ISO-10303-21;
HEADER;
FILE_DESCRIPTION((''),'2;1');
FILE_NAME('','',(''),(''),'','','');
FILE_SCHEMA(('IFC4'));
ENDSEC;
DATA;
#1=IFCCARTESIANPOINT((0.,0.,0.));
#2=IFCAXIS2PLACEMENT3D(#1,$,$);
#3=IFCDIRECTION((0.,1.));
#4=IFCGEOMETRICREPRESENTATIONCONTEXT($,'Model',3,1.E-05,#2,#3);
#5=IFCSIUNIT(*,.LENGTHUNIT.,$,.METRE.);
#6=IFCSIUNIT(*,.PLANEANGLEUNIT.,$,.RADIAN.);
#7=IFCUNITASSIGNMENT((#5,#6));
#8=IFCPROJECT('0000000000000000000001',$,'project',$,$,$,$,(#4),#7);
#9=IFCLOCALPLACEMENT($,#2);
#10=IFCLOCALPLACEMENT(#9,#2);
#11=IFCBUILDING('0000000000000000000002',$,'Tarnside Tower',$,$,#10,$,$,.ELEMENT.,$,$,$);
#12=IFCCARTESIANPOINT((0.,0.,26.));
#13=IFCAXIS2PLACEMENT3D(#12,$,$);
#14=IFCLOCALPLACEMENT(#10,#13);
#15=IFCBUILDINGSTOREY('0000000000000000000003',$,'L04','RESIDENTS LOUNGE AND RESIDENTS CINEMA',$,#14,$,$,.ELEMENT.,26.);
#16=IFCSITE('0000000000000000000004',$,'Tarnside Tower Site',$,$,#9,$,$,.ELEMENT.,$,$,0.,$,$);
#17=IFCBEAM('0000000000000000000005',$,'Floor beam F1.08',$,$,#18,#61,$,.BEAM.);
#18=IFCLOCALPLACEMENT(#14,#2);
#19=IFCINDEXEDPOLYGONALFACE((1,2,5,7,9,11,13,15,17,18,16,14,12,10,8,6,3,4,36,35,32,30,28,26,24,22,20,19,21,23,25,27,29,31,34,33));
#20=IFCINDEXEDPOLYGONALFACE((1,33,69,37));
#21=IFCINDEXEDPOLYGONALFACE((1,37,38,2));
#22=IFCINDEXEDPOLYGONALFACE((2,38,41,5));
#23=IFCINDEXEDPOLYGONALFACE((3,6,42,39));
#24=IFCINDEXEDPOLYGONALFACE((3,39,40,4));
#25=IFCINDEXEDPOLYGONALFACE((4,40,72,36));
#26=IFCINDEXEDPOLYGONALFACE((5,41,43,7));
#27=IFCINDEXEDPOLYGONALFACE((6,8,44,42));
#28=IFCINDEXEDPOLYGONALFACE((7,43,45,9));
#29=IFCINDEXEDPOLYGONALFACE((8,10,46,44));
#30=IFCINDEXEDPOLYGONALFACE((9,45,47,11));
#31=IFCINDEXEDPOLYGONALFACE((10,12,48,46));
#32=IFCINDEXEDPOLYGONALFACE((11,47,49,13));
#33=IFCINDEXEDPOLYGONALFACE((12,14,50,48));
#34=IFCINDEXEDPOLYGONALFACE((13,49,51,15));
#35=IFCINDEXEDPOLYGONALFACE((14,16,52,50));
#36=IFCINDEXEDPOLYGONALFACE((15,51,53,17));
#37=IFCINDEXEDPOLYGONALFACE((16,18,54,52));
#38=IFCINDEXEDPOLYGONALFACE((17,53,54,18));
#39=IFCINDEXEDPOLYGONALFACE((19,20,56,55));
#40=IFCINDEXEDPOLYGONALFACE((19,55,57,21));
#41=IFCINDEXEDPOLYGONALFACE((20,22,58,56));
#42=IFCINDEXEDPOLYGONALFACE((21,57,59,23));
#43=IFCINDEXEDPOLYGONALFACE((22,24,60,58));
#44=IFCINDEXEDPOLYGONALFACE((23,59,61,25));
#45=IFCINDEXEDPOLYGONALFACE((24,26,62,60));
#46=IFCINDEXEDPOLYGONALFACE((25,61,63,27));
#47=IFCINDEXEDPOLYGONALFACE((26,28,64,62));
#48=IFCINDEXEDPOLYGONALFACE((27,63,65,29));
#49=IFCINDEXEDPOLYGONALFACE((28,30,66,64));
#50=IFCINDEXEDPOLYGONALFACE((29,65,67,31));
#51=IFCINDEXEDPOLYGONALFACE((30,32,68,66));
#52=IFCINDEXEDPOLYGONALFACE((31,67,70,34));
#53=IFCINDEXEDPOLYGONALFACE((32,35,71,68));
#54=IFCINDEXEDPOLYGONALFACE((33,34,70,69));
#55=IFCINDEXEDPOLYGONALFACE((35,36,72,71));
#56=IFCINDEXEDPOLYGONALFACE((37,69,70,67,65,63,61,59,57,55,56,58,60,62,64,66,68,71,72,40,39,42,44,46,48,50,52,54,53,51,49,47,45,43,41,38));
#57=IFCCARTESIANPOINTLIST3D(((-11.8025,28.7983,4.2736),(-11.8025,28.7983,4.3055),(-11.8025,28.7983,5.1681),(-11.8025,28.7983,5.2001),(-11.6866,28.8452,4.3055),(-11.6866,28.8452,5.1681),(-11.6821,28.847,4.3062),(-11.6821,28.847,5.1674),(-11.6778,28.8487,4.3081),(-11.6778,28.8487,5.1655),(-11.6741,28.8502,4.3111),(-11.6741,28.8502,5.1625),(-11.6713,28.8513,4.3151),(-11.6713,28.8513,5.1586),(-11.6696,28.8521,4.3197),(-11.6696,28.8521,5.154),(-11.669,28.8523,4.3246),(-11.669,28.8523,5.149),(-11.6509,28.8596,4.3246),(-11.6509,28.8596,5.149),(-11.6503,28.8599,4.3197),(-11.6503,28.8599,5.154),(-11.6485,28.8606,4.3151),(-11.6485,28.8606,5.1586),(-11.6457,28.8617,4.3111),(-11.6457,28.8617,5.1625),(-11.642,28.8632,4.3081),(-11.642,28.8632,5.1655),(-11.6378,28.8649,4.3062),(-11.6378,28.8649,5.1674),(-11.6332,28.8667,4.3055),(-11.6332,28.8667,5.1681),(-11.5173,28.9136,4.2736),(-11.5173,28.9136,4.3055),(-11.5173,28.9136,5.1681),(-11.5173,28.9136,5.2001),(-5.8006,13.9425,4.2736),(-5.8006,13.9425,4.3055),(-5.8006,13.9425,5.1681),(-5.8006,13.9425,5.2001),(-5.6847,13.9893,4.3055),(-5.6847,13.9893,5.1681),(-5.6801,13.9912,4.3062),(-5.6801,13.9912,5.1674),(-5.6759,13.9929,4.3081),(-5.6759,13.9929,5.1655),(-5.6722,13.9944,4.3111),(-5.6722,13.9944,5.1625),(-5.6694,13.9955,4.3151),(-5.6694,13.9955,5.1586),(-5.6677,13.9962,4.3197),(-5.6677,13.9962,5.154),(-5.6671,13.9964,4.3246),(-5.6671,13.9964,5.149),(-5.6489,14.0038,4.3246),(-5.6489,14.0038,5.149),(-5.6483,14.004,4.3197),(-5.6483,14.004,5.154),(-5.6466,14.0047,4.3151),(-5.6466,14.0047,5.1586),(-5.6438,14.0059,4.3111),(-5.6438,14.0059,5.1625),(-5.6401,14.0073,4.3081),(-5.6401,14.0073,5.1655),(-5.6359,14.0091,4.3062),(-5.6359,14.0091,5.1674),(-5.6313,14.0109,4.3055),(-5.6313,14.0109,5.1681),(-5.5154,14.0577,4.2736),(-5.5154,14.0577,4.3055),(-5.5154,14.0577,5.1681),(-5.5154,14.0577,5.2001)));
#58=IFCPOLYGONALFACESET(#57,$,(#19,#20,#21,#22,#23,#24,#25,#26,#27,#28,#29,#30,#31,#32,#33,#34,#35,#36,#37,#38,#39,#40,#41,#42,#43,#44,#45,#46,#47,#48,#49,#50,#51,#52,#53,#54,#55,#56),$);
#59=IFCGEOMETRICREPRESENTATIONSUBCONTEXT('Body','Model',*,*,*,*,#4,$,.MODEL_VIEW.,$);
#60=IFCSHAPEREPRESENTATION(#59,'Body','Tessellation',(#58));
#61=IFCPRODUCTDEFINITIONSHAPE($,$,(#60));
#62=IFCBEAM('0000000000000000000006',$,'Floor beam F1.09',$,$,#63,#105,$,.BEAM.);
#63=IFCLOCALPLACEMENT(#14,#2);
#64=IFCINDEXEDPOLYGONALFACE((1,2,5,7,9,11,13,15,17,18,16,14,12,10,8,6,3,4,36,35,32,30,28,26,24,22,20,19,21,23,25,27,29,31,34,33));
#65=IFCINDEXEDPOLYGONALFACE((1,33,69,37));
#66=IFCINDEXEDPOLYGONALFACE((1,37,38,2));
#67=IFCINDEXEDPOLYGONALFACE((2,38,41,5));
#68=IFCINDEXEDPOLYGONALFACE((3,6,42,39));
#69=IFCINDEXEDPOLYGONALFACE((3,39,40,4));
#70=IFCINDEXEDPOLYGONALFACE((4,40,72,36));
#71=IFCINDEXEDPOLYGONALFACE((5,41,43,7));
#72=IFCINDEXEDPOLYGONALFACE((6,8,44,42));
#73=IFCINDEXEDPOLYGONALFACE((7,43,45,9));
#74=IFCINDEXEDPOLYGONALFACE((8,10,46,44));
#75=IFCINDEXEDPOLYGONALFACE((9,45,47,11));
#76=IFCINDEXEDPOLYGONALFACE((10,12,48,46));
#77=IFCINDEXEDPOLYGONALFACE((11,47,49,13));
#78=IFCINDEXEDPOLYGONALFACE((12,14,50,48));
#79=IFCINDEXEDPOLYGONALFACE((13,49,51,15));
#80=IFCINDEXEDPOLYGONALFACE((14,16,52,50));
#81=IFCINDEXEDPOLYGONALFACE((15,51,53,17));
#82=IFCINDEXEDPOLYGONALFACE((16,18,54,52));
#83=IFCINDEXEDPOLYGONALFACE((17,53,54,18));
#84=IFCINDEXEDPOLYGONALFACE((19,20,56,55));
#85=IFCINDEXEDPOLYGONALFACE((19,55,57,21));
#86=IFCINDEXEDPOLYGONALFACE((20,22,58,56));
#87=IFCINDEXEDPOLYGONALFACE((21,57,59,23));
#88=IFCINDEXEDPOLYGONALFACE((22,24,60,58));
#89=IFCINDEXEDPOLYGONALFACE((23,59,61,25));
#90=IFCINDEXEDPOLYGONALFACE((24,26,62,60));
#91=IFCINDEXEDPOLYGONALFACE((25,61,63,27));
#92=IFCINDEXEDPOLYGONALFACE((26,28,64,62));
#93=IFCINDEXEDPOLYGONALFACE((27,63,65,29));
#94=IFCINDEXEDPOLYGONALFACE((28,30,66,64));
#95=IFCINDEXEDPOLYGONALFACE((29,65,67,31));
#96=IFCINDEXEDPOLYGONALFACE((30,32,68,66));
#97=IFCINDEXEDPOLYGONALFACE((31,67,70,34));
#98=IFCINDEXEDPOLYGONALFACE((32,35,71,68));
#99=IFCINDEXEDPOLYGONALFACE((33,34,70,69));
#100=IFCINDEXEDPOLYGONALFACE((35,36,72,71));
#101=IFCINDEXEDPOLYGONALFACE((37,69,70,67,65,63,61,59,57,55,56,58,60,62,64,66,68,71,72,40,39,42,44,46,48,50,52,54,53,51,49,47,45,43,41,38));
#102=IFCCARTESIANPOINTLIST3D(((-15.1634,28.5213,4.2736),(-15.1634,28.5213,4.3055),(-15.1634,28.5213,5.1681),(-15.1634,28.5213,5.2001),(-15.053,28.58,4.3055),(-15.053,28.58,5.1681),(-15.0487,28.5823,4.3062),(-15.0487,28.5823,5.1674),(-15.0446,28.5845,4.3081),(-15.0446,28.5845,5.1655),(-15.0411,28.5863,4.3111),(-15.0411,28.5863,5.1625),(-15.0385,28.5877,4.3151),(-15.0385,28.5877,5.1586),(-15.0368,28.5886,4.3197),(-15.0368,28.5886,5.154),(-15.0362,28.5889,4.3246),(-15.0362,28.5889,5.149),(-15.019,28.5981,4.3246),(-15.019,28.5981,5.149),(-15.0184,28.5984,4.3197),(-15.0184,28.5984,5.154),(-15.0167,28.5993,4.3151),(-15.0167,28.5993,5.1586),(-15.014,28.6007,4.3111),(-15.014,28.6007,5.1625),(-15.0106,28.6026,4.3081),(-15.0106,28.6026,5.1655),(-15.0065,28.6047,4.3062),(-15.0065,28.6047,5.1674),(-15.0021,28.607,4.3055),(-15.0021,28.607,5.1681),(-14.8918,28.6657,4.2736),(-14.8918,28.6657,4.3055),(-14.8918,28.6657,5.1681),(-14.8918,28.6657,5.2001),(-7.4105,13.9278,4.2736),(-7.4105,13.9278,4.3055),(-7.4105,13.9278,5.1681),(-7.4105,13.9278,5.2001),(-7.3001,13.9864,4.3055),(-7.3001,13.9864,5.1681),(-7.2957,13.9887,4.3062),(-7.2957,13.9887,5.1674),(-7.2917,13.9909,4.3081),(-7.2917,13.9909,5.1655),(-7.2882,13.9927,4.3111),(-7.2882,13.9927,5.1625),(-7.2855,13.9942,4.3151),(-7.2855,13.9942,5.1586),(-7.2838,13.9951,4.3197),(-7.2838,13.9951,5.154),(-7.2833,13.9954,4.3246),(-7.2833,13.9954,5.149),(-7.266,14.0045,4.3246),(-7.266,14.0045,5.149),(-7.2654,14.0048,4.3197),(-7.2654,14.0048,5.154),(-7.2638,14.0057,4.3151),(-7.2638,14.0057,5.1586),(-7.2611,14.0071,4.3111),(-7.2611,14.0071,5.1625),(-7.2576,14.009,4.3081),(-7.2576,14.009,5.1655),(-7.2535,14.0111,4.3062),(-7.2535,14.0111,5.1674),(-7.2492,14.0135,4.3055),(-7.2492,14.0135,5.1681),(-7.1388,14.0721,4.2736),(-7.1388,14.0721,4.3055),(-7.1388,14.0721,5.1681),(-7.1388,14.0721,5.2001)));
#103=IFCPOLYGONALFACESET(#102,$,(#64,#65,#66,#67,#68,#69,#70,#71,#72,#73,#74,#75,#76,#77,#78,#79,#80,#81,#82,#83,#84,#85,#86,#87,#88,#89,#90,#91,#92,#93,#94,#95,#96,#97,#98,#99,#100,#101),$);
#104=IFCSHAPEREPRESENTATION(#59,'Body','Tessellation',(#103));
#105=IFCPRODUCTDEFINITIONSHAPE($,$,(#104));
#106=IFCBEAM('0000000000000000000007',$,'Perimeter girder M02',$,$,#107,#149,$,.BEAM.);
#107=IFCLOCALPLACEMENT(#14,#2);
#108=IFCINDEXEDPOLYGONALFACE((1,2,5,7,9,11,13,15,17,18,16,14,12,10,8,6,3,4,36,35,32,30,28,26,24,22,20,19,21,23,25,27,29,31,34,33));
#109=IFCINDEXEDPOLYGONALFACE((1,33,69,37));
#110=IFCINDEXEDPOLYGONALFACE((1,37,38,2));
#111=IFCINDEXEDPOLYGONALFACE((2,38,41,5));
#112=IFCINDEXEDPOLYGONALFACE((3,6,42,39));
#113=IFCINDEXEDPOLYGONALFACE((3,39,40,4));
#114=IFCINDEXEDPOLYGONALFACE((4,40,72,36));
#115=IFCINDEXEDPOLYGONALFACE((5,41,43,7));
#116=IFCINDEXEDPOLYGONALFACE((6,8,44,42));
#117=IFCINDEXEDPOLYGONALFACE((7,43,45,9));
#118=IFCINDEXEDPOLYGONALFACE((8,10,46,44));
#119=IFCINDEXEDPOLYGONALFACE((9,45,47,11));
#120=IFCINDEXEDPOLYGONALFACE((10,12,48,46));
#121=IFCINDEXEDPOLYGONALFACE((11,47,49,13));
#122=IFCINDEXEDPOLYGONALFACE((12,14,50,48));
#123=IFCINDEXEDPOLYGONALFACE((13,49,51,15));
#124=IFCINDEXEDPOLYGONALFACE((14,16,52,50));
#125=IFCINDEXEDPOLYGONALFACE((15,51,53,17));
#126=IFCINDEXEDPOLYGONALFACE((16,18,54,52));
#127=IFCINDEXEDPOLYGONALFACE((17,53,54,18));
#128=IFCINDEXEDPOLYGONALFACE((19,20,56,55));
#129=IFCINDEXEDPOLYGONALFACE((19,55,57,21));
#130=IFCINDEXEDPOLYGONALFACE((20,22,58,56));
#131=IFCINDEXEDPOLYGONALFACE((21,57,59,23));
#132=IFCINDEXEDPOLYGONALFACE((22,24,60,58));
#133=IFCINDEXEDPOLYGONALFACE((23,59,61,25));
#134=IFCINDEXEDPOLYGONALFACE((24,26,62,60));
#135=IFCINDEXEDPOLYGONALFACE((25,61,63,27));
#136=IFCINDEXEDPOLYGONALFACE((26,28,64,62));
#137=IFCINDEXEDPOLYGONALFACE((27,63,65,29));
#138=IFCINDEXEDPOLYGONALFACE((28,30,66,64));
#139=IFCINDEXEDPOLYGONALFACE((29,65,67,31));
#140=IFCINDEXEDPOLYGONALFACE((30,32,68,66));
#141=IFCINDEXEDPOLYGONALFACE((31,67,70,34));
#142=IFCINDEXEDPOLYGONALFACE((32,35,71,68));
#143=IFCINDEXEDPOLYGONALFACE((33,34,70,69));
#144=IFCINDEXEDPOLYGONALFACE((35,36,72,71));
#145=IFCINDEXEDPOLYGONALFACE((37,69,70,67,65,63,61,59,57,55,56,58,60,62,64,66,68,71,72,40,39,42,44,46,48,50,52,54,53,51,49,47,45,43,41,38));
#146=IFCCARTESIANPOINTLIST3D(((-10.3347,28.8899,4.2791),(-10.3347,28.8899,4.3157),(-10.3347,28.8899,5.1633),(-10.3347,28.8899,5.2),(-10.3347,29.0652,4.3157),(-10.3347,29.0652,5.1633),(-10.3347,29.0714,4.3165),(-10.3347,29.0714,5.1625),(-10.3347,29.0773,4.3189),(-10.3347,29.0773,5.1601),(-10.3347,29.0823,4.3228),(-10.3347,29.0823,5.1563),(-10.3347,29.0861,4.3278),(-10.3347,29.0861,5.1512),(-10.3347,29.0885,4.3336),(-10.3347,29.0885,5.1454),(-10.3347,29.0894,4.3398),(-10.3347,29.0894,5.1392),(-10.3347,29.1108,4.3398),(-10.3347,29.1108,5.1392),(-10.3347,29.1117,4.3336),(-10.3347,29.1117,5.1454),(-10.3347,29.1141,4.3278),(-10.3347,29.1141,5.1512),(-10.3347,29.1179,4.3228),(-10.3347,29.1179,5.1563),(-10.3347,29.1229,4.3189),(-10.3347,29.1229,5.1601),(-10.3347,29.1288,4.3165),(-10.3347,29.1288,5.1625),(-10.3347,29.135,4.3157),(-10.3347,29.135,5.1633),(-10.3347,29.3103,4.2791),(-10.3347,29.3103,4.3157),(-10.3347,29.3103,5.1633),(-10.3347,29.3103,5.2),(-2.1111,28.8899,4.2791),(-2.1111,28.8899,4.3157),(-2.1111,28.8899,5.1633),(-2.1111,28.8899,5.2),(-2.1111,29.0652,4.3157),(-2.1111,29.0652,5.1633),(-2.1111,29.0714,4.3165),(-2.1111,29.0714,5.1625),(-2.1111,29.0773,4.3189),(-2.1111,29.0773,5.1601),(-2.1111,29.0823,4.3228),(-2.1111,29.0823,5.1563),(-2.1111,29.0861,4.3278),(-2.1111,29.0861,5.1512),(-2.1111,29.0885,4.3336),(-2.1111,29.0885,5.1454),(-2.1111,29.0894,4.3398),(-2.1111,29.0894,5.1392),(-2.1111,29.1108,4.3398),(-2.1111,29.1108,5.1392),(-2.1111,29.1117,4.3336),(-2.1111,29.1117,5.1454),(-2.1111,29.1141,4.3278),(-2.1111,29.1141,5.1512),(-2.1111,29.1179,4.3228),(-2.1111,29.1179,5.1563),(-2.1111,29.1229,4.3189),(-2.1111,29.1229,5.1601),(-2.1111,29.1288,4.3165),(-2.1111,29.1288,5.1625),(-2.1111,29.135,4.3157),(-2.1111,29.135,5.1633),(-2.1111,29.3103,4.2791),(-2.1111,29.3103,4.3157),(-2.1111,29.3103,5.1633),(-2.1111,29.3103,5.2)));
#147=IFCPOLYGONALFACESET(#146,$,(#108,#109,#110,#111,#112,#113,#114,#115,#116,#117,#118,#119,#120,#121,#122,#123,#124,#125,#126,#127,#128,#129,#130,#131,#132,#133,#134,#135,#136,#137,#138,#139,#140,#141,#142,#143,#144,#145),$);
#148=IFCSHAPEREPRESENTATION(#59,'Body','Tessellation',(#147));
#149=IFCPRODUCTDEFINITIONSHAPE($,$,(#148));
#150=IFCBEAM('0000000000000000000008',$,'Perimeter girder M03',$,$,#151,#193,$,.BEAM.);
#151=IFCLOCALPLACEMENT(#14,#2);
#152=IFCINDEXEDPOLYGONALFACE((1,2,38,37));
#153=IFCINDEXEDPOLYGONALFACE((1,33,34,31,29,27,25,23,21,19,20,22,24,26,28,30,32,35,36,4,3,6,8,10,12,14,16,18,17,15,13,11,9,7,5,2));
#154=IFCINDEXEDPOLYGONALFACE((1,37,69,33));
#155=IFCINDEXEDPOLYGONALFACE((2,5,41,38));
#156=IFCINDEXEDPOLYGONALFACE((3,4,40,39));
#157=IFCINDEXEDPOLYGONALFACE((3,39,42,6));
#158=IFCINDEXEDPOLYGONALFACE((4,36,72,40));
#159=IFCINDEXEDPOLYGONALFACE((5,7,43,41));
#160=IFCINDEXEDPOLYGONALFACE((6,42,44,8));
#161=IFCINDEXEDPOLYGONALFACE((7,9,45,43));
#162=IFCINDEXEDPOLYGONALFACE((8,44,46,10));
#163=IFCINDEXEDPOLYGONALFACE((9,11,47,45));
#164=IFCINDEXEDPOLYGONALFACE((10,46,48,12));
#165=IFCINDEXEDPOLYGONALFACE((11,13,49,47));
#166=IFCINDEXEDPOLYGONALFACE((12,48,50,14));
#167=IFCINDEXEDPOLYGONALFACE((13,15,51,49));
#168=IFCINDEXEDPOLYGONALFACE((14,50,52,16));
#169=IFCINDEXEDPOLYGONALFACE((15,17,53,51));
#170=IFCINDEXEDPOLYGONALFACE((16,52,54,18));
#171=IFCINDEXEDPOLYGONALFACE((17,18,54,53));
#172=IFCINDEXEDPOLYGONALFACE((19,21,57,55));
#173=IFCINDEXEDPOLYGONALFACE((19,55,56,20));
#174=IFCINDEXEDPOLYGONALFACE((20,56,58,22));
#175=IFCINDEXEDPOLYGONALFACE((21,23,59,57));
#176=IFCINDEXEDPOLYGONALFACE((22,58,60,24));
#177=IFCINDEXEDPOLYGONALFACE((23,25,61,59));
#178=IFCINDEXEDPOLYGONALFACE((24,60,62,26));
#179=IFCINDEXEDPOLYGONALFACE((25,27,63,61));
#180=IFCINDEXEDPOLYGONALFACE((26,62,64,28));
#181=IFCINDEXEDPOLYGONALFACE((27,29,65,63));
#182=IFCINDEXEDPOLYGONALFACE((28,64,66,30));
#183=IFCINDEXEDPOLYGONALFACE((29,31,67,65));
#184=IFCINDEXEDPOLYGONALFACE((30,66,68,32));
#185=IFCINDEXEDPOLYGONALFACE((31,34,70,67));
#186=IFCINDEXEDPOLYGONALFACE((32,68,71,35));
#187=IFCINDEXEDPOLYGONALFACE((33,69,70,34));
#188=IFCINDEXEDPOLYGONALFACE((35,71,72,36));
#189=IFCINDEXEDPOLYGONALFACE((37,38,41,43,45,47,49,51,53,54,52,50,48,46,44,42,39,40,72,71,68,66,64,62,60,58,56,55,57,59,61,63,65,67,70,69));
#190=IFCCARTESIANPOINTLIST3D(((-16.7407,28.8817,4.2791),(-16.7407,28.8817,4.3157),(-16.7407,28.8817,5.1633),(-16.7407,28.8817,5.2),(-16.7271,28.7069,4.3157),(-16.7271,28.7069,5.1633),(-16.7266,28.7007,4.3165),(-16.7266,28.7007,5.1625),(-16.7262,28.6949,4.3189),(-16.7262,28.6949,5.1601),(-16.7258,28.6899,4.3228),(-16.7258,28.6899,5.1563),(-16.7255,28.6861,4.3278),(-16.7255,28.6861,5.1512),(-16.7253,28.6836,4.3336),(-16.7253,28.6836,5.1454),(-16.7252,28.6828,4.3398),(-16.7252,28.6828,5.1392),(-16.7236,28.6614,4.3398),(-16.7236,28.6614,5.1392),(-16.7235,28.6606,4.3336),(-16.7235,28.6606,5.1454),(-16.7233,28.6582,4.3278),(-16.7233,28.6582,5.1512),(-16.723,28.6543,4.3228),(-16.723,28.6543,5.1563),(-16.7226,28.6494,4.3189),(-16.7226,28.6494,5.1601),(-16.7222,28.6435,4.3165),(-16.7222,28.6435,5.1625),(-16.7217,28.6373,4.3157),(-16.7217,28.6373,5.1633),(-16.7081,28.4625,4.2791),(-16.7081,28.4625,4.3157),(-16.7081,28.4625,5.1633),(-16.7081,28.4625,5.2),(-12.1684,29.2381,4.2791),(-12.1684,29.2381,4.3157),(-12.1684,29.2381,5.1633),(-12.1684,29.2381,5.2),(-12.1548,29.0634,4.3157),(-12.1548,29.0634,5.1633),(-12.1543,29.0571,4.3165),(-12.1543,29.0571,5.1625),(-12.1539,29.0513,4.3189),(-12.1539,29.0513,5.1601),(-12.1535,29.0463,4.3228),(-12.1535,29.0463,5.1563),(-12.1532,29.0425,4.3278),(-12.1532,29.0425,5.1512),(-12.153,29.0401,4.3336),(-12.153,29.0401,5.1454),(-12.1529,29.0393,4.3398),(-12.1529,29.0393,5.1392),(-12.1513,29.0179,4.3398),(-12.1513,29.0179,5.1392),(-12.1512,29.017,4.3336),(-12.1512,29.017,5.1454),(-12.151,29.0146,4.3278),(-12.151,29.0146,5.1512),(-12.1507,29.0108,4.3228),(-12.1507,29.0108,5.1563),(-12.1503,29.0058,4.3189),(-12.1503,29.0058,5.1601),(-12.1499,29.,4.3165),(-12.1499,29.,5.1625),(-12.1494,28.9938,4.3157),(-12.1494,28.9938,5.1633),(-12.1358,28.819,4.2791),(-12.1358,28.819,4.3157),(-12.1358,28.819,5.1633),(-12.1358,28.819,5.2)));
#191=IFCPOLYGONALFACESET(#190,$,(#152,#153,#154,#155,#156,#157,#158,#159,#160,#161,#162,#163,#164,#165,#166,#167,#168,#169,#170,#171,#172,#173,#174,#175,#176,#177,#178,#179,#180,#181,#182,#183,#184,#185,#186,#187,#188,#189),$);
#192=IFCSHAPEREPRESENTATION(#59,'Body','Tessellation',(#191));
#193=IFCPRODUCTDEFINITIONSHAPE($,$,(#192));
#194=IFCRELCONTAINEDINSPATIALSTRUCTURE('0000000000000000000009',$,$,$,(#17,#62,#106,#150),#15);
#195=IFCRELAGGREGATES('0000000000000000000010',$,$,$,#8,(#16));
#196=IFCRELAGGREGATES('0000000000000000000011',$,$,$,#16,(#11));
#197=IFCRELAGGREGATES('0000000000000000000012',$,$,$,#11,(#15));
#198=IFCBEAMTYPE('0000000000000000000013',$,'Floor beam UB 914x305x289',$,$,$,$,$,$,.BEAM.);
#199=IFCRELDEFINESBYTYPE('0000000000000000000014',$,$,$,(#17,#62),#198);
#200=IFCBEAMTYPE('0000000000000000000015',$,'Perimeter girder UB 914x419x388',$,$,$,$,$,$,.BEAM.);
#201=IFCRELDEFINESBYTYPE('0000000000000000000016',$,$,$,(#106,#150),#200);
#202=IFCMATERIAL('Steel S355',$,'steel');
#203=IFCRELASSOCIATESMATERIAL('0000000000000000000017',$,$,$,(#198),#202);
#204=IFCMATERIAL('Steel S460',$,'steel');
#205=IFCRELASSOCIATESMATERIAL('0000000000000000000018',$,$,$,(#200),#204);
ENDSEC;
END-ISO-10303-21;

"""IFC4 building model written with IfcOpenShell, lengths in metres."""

from ifc_helpers import new_model, si_unit, direction, frame, origin, origin_2d, place, context, subcontext, project, spatial, i_section, extrude, material, material_profile, profile_set, type_object, element, save


model = new_model("IFC4")

# Units and contexts
model_context = context("Model", 3, precision=1e-05, world=origin(), true_north=direction((0.0, 1.0)))
body_context = subcontext(model_context, "Body", "Model", "MODEL_VIEW")
ifc_project = project(units=[si_unit("LENGTHUNIT", "METRE"), si_unit("PLANEANGLEUNIT", "RADIAN")], contexts=[model_context])

# Site, building, storey
site_placement = place(None, origin())
site = spatial("IfcSite", under=ifc_project, at=site_placement, Name="Tarnside Tower Site", CompositionType="ELEMENT", RefElevation=0.0)
building_placement = place(site_placement, origin())
building = spatial("IfcBuilding", under=site, at=building_placement, Name="Tarnside Tower", CompositionType="ELEMENT")
storey_placement = place(building_placement, frame((0.0, 0.0, 26.0)))
storey = spatial("IfcBuildingStorey", under=building, at=storey_placement, Name="L04", Description="RESIDENTS LOUNGE AND RESIDENTS CINEMA", CompositionType="ELEMENT", Elevation=26.0)

# Beams
ifc_material_1 = material(Name="Steel S355", Category="steel")
ifc_material_profile_1 = material_profile(ifc_material_1, i_section(OverallWidth=0.3076, OverallDepth=0.9265, WebThickness=0.0195, FlangeThickness=0.032, FilletRadius=0.019, at=origin_2d()), Name="UB 914x305x289")
ifc_profile_set_1 = profile_set([ifc_material_profile_1], Name="Steel S355")
beam_type_1 = type_object("IfcBeamType", Name="Floor beam UB 914x305x289", PredefinedType="BEAM", material=ifc_profile_set_1)
beam_1_placement = place(storey_placement, frame((-11.6599, 28.856, 4.7368), z_axis=(0.374594, -0.927189, 0.0), x_axis=(0.927189, 0.374594, 0.0)))
element("IfcBeam", 1, at=beam_1_placement, inside=storey, type_object=beam_type_1, Name="Floor beam F1.08", PredefinedType="BEAM", context=body_context, shape_type="SweptSolid", body=[
    extrude(i_section(OverallWidth=0.3076, OverallDepth=0.9265, WebThickness=0.0195, FlangeThickness=0.032, FilletRadius=0.019, at=origin_2d()), origin(), (0.0, 0.0, 1.0), 16.0225),
])
beam_2_placement = place(storey_placement, frame((-15.0276, 28.5935, 4.7368), z_axis=(0.469161, -0.883112, 0.0), x_axis=(0.883112, 0.469161, 0.0)))
element("IfcBeam", 2, at=beam_2_placement, inside=storey, type_object=beam_type_1, Name="Floor beam F1.09", PredefinedType="BEAM", context=body_context, shape_type="SweptSolid", body=[
    extrude(i_section(OverallWidth=0.3076, OverallDepth=0.9265, WebThickness=0.0195, FlangeThickness=0.032, FilletRadius=0.019, at=origin_2d()), origin(), (0.0, 0.0, 1.0), 16.5251),
])
ifc_material_2 = material(Name="Steel S460", Category="steel")
ifc_material_profile_2 = material_profile(ifc_material_2, i_section(OverallWidth=0.4204, OverallDepth=0.9209, WebThickness=0.0215, FlangeThickness=0.0366, FilletRadius=0.0242, at=origin_2d()), Name="UB 914x419x388")
ifc_profile_set_2 = profile_set([ifc_material_profile_2], Name="Steel S460")
beam_type_2 = type_object("IfcBeamType", Name="Perimeter girder UB 914x419x388", PredefinedType="BEAM", material=ifc_profile_set_2)
beam_3_placement = place(storey_placement, frame((-2.1111, 29.1001, 4.7395), z_axis=(-1.0, 0.0, 0.0), x_axis=(0.0, -1.0, 0.0)))
element("IfcBeam", 3, at=beam_3_placement, inside=storey, type_object=beam_type_2, Name="Perimeter girder M02", PredefinedType="BEAM", context=body_context, shape_type="SweptSolid", body=[
    extrude(i_section(OverallWidth=0.4204, OverallDepth=0.9209, WebThickness=0.0215, FlangeThickness=0.0366, FilletRadius=0.0242, at=origin_2d()), origin(), (0.0, 0.0, 1.0), 8.2236),
])
beam_4_placement = place(storey_placement, frame((-12.1521, 29.0286, 4.7395), z_axis=(-0.996975, -0.077722, 0.0), x_axis=(0.077722, -0.996975, 0.0)))
element("IfcBeam", 4, at=beam_4_placement, inside=storey, type_object=beam_type_2, Name="Perimeter girder M03", PredefinedType="BEAM", context=body_context, shape_type="SweptSolid", body=[
    extrude(i_section(OverallWidth=0.4204, OverallDepth=0.9209, WebThickness=0.0215, FlangeThickness=0.0366, FilletRadius=0.0242, at=origin_2d()), origin(), (0.0, 0.0, 1.0), 4.5862),
])

save(model, "model.ifc")
